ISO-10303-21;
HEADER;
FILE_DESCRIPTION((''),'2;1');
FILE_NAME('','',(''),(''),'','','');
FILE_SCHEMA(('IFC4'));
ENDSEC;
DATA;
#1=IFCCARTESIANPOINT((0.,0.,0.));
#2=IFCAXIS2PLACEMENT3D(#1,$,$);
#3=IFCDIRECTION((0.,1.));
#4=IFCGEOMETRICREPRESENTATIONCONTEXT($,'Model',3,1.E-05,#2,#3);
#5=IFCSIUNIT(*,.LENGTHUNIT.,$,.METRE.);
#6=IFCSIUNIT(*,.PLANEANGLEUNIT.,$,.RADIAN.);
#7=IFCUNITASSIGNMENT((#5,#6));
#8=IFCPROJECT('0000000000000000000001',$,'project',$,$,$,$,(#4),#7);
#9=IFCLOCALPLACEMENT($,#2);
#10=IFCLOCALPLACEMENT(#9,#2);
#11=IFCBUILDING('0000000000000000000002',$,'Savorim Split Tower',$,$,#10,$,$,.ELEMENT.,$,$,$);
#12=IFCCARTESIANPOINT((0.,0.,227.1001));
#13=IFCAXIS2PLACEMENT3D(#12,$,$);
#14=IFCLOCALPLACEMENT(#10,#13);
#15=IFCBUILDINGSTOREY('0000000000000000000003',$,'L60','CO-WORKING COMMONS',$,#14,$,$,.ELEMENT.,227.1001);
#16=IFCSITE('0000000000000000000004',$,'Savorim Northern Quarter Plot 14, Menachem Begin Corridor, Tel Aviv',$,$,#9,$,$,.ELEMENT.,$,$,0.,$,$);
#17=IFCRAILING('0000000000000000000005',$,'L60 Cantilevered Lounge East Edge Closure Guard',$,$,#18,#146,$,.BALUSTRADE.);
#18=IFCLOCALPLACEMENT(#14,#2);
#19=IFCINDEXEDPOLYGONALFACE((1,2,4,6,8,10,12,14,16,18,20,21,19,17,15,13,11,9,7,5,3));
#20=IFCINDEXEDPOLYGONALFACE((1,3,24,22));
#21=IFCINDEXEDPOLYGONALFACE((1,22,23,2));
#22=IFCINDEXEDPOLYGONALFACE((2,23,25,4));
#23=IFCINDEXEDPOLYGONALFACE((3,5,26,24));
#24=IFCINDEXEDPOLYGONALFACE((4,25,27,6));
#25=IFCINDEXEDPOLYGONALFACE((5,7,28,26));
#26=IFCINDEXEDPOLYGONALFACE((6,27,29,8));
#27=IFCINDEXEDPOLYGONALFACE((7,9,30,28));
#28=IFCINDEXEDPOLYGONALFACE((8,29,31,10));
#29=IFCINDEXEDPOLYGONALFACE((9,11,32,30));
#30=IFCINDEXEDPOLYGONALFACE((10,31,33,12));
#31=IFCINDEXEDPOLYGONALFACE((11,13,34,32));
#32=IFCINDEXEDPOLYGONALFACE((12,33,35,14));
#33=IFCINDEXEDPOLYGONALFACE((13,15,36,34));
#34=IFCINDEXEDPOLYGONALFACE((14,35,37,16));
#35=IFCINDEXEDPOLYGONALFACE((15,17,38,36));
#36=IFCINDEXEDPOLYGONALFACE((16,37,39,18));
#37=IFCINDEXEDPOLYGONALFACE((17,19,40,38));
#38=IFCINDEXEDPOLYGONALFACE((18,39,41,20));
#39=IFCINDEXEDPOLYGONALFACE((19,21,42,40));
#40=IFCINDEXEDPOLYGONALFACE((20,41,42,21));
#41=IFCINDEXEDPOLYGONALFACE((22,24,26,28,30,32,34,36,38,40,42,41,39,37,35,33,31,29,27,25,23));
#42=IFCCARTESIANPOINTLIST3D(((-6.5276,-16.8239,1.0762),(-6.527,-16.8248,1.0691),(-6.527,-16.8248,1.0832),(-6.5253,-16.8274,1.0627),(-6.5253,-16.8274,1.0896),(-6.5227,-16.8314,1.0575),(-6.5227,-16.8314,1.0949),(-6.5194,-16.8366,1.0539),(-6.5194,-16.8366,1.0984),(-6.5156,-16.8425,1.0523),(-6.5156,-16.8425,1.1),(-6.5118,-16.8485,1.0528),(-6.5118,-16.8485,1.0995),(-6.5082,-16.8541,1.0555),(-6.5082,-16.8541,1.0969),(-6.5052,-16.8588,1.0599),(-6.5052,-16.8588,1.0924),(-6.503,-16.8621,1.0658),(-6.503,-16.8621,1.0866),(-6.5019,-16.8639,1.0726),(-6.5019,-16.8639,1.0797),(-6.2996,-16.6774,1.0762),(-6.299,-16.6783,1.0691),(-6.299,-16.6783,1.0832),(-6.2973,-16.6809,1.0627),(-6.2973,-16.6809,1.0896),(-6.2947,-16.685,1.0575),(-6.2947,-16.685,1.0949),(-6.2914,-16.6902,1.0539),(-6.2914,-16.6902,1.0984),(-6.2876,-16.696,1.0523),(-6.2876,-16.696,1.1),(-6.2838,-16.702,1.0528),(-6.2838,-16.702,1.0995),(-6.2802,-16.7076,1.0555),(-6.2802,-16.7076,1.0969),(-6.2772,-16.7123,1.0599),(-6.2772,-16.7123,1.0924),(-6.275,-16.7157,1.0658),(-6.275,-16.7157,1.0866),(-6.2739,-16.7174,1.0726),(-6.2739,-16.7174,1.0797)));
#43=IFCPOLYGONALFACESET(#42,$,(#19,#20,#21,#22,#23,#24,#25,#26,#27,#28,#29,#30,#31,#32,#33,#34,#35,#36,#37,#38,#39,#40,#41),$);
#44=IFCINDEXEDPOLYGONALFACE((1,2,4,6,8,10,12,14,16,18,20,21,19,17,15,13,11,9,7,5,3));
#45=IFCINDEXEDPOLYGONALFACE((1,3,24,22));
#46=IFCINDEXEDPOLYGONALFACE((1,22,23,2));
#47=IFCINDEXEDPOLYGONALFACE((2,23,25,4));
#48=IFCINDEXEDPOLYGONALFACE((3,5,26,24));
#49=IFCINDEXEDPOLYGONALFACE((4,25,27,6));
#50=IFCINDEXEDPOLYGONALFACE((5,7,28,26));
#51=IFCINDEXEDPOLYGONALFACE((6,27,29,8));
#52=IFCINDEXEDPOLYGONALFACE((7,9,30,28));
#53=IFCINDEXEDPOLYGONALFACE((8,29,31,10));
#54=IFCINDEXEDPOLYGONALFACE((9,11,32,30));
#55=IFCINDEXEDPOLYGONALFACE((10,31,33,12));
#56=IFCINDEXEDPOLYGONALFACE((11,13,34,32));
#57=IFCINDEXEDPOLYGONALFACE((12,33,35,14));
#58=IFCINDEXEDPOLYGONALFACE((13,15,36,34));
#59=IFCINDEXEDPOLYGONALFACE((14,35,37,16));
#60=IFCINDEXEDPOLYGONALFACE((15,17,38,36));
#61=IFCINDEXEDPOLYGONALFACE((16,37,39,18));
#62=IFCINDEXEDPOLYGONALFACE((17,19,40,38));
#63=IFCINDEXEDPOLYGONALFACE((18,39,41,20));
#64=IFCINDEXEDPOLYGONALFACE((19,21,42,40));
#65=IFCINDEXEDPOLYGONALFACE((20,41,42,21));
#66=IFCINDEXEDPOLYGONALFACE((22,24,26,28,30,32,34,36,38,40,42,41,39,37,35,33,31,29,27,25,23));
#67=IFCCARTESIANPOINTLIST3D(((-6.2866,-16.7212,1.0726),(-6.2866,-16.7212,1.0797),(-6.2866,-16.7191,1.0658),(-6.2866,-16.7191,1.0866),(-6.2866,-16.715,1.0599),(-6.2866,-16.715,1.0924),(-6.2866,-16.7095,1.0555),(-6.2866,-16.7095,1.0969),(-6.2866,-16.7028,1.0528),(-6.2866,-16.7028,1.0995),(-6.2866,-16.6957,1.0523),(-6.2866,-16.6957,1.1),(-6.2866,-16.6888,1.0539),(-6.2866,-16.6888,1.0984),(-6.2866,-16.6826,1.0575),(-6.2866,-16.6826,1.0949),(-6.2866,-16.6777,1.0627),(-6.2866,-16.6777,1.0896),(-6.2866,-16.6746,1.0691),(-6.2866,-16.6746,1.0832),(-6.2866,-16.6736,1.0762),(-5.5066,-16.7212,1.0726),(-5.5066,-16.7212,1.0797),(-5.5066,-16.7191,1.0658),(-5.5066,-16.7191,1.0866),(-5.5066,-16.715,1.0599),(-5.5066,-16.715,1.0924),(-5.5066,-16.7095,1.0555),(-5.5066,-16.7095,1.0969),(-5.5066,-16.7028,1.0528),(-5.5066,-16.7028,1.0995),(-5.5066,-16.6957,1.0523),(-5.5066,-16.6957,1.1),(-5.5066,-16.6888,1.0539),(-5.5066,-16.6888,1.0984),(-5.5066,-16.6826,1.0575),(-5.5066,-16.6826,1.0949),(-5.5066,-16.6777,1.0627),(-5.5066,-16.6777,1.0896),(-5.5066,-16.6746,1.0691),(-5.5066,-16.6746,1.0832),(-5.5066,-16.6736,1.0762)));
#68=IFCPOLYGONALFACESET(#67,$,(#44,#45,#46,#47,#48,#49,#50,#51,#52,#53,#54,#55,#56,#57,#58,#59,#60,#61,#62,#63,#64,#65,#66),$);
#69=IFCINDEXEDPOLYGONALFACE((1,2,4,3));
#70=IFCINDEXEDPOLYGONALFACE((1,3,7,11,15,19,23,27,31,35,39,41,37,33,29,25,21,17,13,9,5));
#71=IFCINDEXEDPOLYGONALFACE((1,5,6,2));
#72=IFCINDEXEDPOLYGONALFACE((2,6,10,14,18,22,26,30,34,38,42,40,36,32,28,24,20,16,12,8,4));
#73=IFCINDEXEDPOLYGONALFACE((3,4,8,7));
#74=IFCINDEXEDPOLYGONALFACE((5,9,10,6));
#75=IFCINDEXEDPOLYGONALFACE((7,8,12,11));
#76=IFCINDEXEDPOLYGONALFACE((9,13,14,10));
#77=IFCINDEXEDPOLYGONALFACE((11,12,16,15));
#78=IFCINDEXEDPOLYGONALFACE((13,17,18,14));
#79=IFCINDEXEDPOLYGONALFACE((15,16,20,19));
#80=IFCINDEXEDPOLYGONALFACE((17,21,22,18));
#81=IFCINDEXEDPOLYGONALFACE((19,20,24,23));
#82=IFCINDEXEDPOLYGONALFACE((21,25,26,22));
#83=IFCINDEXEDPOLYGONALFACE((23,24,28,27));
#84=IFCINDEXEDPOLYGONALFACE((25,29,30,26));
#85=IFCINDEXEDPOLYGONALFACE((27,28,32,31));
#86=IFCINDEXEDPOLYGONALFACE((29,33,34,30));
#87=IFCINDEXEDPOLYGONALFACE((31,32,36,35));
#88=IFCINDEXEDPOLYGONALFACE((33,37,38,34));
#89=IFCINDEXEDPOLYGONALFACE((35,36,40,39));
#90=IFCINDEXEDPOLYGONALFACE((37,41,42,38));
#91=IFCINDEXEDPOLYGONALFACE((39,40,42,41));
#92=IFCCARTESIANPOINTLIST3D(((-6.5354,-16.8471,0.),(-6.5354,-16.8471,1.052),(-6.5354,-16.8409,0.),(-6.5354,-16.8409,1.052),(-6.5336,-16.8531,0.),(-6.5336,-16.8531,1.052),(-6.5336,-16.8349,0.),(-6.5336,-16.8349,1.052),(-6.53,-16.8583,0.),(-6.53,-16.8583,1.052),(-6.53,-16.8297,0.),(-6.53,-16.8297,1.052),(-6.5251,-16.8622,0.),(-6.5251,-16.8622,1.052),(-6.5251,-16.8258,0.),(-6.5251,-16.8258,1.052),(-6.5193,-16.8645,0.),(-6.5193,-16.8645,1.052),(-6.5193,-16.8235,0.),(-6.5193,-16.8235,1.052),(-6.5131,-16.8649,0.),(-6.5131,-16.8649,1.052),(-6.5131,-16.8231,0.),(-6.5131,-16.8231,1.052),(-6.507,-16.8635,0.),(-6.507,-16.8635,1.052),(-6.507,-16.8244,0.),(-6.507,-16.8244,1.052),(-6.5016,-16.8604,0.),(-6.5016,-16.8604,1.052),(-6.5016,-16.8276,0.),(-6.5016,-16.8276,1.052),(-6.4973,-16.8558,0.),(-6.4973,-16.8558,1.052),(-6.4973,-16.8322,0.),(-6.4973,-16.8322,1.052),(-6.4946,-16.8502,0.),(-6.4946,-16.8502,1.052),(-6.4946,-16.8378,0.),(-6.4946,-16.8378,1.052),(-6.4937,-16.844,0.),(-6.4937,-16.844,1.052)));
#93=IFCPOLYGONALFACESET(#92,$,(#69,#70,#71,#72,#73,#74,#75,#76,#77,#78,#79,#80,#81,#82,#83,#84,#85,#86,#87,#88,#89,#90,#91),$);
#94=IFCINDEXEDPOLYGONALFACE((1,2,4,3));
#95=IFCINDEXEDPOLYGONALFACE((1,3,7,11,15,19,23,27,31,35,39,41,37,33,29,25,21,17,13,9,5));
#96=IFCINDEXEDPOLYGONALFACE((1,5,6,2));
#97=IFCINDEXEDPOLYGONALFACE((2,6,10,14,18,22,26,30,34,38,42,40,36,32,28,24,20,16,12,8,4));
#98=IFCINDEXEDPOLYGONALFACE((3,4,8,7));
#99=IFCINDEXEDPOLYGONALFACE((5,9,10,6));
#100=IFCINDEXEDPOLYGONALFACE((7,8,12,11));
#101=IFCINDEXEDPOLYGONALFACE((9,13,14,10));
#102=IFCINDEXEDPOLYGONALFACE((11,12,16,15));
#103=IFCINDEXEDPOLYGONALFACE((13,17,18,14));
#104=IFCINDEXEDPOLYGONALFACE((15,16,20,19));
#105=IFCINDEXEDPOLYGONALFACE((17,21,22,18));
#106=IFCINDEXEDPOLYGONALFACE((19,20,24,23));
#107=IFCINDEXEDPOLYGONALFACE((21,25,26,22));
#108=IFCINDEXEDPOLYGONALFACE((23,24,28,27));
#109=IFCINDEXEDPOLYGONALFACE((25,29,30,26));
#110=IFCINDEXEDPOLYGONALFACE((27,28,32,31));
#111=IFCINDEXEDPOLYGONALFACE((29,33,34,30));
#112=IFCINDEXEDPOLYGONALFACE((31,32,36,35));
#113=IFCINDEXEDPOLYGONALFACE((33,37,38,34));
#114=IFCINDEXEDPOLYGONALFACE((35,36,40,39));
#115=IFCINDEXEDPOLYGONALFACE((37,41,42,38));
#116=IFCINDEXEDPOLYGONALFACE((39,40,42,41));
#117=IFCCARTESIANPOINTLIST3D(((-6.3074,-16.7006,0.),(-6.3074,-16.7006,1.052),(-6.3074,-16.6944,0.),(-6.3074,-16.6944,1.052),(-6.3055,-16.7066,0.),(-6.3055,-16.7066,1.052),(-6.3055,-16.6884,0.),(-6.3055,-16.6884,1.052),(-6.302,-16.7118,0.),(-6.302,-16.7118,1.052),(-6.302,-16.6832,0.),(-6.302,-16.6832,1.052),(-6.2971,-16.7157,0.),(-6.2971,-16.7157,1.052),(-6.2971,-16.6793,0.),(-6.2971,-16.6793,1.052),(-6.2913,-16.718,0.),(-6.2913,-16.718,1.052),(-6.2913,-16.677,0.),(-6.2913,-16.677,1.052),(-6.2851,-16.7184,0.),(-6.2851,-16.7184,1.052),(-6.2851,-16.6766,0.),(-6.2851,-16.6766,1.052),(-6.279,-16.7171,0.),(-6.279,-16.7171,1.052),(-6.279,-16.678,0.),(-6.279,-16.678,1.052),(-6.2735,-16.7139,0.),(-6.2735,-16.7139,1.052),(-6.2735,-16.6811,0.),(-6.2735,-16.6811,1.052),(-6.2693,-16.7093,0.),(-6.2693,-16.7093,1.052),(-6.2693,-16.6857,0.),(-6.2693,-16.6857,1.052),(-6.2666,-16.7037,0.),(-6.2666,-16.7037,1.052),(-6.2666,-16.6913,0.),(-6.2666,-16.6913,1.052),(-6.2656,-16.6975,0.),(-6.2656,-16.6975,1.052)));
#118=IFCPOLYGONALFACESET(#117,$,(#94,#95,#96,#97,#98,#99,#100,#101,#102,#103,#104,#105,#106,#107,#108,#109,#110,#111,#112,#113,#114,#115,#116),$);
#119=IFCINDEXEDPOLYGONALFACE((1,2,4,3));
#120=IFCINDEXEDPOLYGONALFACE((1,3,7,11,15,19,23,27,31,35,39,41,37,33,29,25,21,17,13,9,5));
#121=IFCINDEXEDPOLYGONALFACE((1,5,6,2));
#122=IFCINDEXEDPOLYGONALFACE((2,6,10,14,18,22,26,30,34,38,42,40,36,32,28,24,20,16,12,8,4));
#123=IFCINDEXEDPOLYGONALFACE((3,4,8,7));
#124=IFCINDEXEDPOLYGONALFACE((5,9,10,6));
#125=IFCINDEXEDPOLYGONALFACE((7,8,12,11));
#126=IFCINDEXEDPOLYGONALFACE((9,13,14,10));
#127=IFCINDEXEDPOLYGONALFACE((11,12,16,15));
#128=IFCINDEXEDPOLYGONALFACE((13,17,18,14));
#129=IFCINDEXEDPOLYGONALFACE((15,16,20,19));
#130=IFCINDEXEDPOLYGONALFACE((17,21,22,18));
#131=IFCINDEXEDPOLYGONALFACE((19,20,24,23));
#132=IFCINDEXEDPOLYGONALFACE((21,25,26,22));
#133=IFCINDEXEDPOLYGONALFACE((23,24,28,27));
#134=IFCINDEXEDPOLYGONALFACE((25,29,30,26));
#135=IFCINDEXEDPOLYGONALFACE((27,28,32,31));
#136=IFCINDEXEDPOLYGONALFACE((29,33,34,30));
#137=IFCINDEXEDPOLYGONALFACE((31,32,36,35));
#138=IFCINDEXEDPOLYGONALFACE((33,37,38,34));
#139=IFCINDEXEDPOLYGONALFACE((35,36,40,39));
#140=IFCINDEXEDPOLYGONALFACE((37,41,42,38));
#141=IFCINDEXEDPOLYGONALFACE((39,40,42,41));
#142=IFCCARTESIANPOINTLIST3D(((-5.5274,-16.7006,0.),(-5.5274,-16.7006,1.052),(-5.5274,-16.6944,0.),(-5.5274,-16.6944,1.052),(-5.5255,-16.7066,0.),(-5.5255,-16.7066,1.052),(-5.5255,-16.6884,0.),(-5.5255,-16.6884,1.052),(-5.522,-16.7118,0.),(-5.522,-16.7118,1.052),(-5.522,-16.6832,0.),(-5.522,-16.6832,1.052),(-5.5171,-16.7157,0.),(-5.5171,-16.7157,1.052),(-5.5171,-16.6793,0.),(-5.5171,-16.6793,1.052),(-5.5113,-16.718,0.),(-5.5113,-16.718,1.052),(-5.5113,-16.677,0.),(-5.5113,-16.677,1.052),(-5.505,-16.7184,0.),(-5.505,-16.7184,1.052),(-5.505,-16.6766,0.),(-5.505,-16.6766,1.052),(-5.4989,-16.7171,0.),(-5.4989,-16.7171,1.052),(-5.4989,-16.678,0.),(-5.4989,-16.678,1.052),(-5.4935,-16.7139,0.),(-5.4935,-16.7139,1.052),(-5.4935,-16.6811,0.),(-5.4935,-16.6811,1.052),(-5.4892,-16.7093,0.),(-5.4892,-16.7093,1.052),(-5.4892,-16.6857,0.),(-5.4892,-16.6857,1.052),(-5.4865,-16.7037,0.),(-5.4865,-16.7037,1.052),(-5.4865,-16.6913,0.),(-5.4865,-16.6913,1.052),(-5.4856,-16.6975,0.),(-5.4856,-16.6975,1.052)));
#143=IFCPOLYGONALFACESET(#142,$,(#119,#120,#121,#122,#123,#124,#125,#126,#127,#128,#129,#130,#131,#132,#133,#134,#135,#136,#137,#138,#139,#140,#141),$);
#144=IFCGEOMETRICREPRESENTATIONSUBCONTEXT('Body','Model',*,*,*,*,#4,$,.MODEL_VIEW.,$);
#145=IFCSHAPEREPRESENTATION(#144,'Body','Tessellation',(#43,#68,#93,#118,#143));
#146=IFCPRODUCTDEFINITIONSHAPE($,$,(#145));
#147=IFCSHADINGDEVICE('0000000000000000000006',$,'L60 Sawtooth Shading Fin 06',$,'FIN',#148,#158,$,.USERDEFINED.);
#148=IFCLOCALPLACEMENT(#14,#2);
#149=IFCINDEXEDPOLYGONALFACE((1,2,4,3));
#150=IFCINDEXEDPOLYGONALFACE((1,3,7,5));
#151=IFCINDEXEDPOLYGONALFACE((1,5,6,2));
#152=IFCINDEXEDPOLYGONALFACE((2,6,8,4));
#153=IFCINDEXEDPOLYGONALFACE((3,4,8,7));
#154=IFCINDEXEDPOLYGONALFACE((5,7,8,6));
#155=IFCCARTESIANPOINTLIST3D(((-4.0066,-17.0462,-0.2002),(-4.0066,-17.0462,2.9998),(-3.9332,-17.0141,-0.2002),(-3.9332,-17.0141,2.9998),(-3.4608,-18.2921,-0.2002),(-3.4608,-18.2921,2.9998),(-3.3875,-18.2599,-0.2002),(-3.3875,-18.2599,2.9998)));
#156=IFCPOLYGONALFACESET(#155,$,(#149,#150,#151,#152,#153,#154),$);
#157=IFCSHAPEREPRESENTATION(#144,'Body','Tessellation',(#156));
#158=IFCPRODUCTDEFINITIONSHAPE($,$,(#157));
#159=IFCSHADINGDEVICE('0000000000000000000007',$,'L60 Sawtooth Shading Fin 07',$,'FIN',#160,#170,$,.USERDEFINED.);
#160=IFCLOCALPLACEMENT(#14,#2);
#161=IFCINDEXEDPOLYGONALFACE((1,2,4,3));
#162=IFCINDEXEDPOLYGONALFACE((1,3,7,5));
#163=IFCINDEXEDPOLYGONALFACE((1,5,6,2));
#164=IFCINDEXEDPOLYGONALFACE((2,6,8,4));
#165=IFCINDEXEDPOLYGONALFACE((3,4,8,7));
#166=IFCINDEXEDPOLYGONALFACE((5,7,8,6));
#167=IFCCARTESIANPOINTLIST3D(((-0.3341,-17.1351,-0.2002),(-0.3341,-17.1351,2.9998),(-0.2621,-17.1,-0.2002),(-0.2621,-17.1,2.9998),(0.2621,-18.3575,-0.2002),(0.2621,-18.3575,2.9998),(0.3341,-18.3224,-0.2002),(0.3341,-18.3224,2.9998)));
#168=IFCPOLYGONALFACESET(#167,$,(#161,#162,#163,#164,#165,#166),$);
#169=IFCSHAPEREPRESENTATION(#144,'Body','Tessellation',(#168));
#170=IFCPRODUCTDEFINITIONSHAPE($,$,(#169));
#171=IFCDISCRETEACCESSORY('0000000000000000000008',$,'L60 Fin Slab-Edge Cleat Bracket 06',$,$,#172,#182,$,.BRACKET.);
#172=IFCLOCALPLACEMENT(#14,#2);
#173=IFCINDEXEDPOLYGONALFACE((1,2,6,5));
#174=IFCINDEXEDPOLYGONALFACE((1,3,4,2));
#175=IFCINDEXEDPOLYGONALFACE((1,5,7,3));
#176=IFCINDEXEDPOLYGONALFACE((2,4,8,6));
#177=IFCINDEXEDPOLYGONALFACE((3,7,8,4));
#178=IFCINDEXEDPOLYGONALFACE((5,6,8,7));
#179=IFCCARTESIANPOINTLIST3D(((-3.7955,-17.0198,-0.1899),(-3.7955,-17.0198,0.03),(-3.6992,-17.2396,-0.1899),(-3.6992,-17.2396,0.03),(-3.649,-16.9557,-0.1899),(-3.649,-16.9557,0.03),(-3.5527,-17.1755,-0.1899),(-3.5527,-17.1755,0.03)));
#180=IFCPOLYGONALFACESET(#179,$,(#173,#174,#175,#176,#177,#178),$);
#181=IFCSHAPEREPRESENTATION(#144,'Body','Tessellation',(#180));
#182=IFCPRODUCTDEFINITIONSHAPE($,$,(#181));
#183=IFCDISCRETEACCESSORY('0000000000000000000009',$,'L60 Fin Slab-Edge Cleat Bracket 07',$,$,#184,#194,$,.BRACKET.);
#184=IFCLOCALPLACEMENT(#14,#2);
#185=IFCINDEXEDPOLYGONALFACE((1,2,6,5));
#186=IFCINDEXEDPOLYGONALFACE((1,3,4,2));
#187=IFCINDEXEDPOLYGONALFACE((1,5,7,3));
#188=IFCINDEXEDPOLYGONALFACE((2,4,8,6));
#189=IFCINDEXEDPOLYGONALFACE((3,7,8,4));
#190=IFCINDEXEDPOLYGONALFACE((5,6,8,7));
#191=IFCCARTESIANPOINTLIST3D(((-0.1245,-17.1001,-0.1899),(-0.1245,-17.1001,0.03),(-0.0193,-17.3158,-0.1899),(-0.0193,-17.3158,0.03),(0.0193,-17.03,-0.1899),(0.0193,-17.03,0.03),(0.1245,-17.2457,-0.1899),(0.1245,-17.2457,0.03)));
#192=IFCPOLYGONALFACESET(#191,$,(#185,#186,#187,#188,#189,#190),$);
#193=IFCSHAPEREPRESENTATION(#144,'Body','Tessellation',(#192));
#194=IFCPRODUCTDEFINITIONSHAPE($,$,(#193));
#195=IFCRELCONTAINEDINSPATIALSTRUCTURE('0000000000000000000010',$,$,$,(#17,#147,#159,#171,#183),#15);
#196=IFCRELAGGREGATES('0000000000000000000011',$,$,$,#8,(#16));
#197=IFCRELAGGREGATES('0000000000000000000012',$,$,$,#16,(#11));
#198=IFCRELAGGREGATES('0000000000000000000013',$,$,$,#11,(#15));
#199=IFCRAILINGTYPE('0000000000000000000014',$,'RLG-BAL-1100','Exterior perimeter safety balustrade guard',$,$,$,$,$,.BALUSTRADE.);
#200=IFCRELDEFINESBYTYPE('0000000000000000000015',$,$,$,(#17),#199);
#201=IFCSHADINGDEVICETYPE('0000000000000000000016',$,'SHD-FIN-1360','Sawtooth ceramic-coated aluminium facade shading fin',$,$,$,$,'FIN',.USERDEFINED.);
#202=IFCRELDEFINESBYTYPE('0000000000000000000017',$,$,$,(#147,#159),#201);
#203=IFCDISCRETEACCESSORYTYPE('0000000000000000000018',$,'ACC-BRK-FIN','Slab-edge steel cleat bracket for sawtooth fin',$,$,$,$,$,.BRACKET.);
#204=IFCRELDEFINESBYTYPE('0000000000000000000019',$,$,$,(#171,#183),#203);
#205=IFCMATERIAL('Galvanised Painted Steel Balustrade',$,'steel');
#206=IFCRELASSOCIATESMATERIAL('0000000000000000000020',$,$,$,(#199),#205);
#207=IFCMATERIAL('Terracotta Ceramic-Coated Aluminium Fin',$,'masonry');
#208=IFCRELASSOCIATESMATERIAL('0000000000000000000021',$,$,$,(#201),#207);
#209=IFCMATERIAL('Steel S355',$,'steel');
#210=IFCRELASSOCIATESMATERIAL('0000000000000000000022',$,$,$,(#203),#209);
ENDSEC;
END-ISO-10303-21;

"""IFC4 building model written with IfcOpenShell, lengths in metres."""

from ifc_helpers import new_model, si_unit, direction, frame, origin, origin_2d, place, context, subcontext, project, spatial, rectangle, circle, extrude, material, type_object, element, save


model = new_model("IFC4")

# Units and contexts
model_context = context("Model", 3, precision=1e-05, world=origin(), true_north=direction((0.0, 1.0)))
body_context = subcontext(model_context, "Body", "Model", "MODEL_VIEW")
ifc_project = project(units=[si_unit("LENGTHUNIT", "METRE"), si_unit("PLANEANGLEUNIT", "RADIAN")], contexts=[model_context])

# Site, building, storey
site_placement = place(None, origin())
site = spatial("IfcSite", under=ifc_project, at=site_placement, Name="Savorim Northern Quarter Plot 14, Menachem Begin Corridor, Tel Aviv", CompositionType="ELEMENT", RefElevation=0.0)
building_placement = place(site_placement, origin())
building = spatial("IfcBuilding", under=site, at=building_placement, Name="Savorim Split Tower", CompositionType="ELEMENT")
storey_placement = place(building_placement, frame((0.0, 0.0, 227.1001)))
storey = spatial("IfcBuildingStorey", under=building, at=storey_placement, Name="L60", Description="CO-WORKING COMMONS", CompositionType="ELEMENT", Elevation=227.1001)

# Shared definitions
ifc_material_1 = material(Name="Steel S355", Category="steel")

# Railing
ifc_material_2 = material(Name="Galvanised Painted Steel Balustrade", Category="steel")
railing_type = type_object("IfcRailingType", Name="RLG-BAL-1100", Description="Exterior perimeter safety balustrade guard", PredefinedType="BALUSTRADE", material=ifc_material_2)
railing_placement = place(storey_placement, frame((-6.5146, -16.844, 0.0)))
element("IfcRailing", 1, at=railing_placement, inside=storey, type_object=railing_type, Name="L60 Cantilevered Lounge East Edge Closure Guard", PredefinedType="BALUSTRADE", context=body_context, shape_type="SweptSolid", body=[
    extrude(circle(Radius=0.0239, at=origin_2d()), frame((0.0, 0.0, 1.0762), z_axis=(0.841354, 0.540484, 0.0), x_axis=(-0.540484, 0.841354, 0.0)), (0.0, 0.0, 1.0), 0.271),
    extrude(circle(Radius=0.0239, at=origin_2d()), frame((0.228, 0.1465, 1.0762), z_axis=(1.0, 0.0, 0.0), x_axis=(0.0, 1.0, 0.0)), (0.0, 0.0, 1.0), 0.78),
    extrude(circle(Radius=0.021, at=origin_2d()), origin(), (0.0, 0.0, 1.0), 1.052),
    extrude(circle(Radius=0.021, at=origin_2d()), frame((0.228, 0.1465, 0.0)), (0.0, 0.0, 1.0), 1.052),
    extrude(circle(Radius=0.021, at=origin_2d()), frame((1.0081, 0.1465, 0.0)), (0.0, 0.0, 1.0), 1.052),
])

# Shading devices
ifc_material_3 = material(Name="Terracotta Ceramic-Coated Aluminium Fin", Category="masonry")
shading_device_type = type_object("IfcShadingDeviceType", Name="SHD-FIN-1360", Description="Sawtooth ceramic-coated aluminium facade shading fin", ElementType="FIN", PredefinedType="USERDEFINED", material=ifc_material_3)
for number, where, z_axis, x_axis, name in (
    (2, (-3.697, -17.6531, -0.2002), (0.0, 0.0, 1.0), (0.40123, -0.915977, 0.0), "L60 Sawtooth Shading Fin 06"),
    (3, (0.0, -17.7288, -0.2002), (0.0, 0.0, 1.0), (0.438371, -0.898794, 0.0), "L60 Sawtooth Shading Fin 07"),
):
    element("IfcShadingDevice", number, at=place(storey_placement, frame(where, z_axis=z_axis, x_axis=x_axis)), inside=storey, type_object=shading_device_type, Name=name, ObjectType="FIN", PredefinedType="USERDEFINED", context=body_context, shape_type="SweptSolid", body=[
        extrude(rectangle(XDim=1.3601, YDim=0.0801, at=origin_2d()), origin(), (0.0, 0.0, 1.0), 3.2),
    ])

# Discrete accessories
discrete_accessory_type = type_object("IfcDiscreteAccessoryType", Name="ACC-BRK-FIN", Description="Slab-edge steel cleat bracket for sawtooth fin", PredefinedType="BRACKET", material=ifc_material_1)
for number, where, z_axis, x_axis, name in (
    (4, (-3.6741, -17.0977, -0.1899), (0.0, 0.0, 1.0), (0.40123, -0.915977, 0.0), "L60 Fin Slab-Edge Cleat Bracket 06"),
    (5, (0.0, -17.1729, -0.1899), (0.0, 0.0, 1.0), (0.438371, -0.898794, 0.0), "L60 Fin Slab-Edge Cleat Bracket 07"),
):
    element("IfcDiscreteAccessory", number, at=place(storey_placement, frame(where, z_axis=z_axis, x_axis=x_axis)), inside=storey, type_object=discrete_accessory_type, Name=name, PredefinedType="BRACKET", context=body_context, shape_type="SweptSolid", body=[
        extrude(rectangle(XDim=0.24, YDim=0.1599, at=origin_2d()), origin(), (0.0, 0.0, 1.0), 0.22),
    ])

save(model, "model.ifc")
